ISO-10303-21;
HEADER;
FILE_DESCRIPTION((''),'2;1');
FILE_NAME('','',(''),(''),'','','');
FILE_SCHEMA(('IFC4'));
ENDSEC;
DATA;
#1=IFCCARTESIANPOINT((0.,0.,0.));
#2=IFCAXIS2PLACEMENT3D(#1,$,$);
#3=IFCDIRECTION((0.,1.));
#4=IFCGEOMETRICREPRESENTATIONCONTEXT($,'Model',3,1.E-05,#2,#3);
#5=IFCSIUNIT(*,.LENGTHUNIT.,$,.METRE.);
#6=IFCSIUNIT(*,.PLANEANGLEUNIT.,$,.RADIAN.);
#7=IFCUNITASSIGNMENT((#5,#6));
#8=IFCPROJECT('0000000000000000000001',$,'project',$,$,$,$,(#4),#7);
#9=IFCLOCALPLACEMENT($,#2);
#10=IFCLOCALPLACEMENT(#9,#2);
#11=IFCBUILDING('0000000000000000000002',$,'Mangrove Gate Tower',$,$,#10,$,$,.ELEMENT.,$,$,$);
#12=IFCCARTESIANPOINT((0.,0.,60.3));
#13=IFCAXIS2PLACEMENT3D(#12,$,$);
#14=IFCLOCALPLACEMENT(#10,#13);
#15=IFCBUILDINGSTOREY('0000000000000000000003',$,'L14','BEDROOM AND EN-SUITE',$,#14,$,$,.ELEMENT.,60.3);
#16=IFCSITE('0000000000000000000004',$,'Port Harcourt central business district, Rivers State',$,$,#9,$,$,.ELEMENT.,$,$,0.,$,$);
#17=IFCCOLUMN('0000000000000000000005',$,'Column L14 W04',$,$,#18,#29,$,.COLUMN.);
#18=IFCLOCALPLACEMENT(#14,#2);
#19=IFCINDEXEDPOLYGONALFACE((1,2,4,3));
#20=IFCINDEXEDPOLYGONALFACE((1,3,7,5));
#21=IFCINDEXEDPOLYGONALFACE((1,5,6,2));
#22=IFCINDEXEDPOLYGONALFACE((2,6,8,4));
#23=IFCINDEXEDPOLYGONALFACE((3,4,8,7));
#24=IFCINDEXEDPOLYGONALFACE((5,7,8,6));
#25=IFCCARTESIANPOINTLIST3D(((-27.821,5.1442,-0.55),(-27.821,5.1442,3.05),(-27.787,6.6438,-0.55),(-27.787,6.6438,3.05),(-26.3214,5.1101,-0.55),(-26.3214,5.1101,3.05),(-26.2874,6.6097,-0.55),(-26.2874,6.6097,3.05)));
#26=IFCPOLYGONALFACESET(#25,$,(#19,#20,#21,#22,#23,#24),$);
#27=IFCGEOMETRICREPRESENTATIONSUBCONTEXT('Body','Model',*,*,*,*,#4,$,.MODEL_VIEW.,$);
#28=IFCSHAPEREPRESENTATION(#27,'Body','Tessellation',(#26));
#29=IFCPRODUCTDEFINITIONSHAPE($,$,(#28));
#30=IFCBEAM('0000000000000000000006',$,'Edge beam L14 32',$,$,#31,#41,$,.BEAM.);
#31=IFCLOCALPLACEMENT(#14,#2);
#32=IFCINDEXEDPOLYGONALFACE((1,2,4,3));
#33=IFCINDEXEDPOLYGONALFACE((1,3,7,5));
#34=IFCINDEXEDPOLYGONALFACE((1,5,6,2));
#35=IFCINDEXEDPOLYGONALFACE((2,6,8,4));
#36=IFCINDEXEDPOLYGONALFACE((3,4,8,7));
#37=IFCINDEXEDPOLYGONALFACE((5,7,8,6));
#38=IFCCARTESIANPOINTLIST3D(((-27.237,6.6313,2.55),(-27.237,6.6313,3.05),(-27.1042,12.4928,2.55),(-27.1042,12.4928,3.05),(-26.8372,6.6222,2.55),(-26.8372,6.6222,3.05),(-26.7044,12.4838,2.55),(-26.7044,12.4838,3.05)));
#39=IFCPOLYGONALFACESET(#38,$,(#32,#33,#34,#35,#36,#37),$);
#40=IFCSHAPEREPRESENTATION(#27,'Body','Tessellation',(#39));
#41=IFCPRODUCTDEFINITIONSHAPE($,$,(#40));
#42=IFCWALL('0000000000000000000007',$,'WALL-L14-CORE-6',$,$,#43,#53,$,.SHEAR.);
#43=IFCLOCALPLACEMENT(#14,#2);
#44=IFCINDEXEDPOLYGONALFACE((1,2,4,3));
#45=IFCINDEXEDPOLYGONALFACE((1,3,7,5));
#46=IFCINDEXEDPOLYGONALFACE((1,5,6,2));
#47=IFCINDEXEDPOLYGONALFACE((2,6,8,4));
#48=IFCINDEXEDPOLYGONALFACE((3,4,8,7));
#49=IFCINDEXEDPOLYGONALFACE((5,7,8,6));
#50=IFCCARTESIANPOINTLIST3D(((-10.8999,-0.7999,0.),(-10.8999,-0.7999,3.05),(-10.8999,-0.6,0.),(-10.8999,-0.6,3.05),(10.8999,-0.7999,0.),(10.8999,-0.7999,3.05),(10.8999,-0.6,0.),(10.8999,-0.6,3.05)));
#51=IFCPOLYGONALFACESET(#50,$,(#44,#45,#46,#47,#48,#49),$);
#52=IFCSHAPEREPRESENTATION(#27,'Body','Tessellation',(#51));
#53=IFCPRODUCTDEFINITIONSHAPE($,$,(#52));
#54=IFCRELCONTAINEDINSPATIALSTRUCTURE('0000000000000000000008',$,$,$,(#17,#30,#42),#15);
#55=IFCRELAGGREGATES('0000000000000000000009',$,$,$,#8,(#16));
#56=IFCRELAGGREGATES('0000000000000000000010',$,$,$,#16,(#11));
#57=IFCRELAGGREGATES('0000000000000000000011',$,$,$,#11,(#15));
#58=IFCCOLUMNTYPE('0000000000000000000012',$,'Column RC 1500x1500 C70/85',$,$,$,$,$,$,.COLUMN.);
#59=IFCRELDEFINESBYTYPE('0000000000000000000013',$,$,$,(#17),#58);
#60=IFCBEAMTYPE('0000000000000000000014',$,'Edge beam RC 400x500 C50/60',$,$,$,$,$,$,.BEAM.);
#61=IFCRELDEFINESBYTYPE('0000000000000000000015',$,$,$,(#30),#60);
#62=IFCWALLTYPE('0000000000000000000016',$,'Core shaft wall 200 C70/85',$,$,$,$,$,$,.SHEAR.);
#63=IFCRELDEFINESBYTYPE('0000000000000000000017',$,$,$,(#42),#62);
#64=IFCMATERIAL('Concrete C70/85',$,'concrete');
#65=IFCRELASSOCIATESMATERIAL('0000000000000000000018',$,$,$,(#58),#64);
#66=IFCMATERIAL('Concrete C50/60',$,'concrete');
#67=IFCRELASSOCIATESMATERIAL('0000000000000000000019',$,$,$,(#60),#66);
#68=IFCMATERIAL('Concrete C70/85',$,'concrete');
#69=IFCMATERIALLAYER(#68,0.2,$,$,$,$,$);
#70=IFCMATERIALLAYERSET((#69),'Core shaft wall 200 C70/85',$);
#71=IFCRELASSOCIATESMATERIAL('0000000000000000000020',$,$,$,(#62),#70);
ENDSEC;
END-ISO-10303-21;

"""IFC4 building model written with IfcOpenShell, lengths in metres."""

from ifc_helpers import new_model, si_unit, direction, frame, frame_2d, origin, origin_2d, place, context, subcontext, project, spatial, rectangle, extrude, material, layer, layer_set, material_profile, profile_set, type_object, element, save


model = new_model("IFC4")

# Units and contexts
model_context = context("Model", 3, precision=1e-05, world=origin(), true_north=direction((0.0, 1.0)))
body_context = subcontext(model_context, "Body", "Model", "MODEL_VIEW")
ifc_project = project(units=[si_unit("LENGTHUNIT", "METRE"), si_unit("PLANEANGLEUNIT", "RADIAN")], contexts=[model_context])

# Site, building, storey
site_placement = place(None, origin())
site = spatial("IfcSite", under=ifc_project, at=site_placement, Name="Port Harcourt central business district, Rivers State", CompositionType="ELEMENT", RefElevation=0.0)
building_placement = place(site_placement, origin())
building = spatial("IfcBuilding", under=site, at=building_placement, Name="Mangrove Gate Tower", CompositionType="ELEMENT")
storey_placement = place(building_placement, frame((0.0, 0.0, 60.3)))
storey = spatial("IfcBuildingStorey", under=building, at=storey_placement, Name="L14", Description="BEDROOM AND EN-SUITE", CompositionType="ELEMENT", Elevation=60.3)

# Column
ifc_material_1 = material(Name="Concrete C70/85", Category="concrete")
ifc_material_profile_1 = material_profile(ifc_material_1, rectangle(XDim=1.5, YDim=1.5, at=origin_2d()))
ifc_profile_set_1 = profile_set([ifc_material_profile_1], Name="Concrete C70/85")
column_type = type_object("IfcColumnType", Name="Column RC 1500x1500 C70/85", PredefinedType="COLUMN", material=ifc_profile_set_1)
column_placement = place(storey_placement, frame((-27.0542, 5.877, -0.55), z_axis=(0.0, 0.0, 1.0), x_axis=(-0.022687, -0.999743, 0.0)))
element("IfcColumn", 1, at=column_placement, inside=storey, type_object=column_type, Name="Column L14 W04", PredefinedType="COLUMN", context=body_context, shape_type="SweptSolid", body=[
    extrude(rectangle(XDim=1.5, YDim=1.5, at=origin_2d()), origin(), (0.0, 0.0, 1.0), 3.6001),
])

# Beam
ifc_material_2 = material(Name="Concrete C50/60", Category="concrete")
ifc_material_profile_2 = material_profile(ifc_material_2, rectangle(XDim=0.3999, YDim=0.5, at=origin_2d()))
ifc_profile_set_2 = profile_set([ifc_material_profile_2], Name="Concrete C50/60")
beam_type = type_object("IfcBeamType", Name="Edge beam RC 400x500 C50/60", PredefinedType="BEAM", material=ifc_profile_set_2)
beam_placement = place(storey_placement, frame((-26.9043, 12.4883, 2.8), z_axis=(-0.022652, -0.999743, 0.0), x_axis=(0.999743, -0.022652, 0.0)))
element("IfcBeam", 2, at=beam_placement, inside=storey, type_object=beam_type, Name="Edge beam L14 32", PredefinedType="BEAM", context=body_context, shape_type="SweptSolid", body=[
    extrude(rectangle(XDim=0.3999, YDim=0.5, at=origin_2d()), origin(), (0.0, 0.0, 1.0), 5.863),
])

# Wall
ifc_material_3 = material(Name="Concrete C70/85", Category="concrete")
ifc_layer_1 = layer(ifc_material_3, 0.2)
ifc_layer_set_1 = layer_set([ifc_layer_1], Name="Core shaft wall 200 C70/85")
wall_type_1 = type_object("IfcWallType", Name="Core shaft wall 200 C70/85", PredefinedType="SHEAR", material=ifc_layer_set_1)
wall_1_placement = place(storey_placement, frame((-10.8999, -0.7, 0.0), z_axis=(0.0, 0.0, 1.0), x_axis=(1.0, 0.0, 0.0)))
element("IfcWall", 3, at=wall_1_placement, inside=storey, type_object=wall_type_1, Name="WALL-L14-CORE-6", PredefinedType="SHEAR", context=body_context, shape_type="SweptSolid", body=[
    extrude(rectangle(XDim=21.7998, YDim=0.2, at=frame_2d((10.8999, 0.0))), origin(), (0.0, 0.0, 1.0), 3.05),
])

save(model, "model.ifc")
